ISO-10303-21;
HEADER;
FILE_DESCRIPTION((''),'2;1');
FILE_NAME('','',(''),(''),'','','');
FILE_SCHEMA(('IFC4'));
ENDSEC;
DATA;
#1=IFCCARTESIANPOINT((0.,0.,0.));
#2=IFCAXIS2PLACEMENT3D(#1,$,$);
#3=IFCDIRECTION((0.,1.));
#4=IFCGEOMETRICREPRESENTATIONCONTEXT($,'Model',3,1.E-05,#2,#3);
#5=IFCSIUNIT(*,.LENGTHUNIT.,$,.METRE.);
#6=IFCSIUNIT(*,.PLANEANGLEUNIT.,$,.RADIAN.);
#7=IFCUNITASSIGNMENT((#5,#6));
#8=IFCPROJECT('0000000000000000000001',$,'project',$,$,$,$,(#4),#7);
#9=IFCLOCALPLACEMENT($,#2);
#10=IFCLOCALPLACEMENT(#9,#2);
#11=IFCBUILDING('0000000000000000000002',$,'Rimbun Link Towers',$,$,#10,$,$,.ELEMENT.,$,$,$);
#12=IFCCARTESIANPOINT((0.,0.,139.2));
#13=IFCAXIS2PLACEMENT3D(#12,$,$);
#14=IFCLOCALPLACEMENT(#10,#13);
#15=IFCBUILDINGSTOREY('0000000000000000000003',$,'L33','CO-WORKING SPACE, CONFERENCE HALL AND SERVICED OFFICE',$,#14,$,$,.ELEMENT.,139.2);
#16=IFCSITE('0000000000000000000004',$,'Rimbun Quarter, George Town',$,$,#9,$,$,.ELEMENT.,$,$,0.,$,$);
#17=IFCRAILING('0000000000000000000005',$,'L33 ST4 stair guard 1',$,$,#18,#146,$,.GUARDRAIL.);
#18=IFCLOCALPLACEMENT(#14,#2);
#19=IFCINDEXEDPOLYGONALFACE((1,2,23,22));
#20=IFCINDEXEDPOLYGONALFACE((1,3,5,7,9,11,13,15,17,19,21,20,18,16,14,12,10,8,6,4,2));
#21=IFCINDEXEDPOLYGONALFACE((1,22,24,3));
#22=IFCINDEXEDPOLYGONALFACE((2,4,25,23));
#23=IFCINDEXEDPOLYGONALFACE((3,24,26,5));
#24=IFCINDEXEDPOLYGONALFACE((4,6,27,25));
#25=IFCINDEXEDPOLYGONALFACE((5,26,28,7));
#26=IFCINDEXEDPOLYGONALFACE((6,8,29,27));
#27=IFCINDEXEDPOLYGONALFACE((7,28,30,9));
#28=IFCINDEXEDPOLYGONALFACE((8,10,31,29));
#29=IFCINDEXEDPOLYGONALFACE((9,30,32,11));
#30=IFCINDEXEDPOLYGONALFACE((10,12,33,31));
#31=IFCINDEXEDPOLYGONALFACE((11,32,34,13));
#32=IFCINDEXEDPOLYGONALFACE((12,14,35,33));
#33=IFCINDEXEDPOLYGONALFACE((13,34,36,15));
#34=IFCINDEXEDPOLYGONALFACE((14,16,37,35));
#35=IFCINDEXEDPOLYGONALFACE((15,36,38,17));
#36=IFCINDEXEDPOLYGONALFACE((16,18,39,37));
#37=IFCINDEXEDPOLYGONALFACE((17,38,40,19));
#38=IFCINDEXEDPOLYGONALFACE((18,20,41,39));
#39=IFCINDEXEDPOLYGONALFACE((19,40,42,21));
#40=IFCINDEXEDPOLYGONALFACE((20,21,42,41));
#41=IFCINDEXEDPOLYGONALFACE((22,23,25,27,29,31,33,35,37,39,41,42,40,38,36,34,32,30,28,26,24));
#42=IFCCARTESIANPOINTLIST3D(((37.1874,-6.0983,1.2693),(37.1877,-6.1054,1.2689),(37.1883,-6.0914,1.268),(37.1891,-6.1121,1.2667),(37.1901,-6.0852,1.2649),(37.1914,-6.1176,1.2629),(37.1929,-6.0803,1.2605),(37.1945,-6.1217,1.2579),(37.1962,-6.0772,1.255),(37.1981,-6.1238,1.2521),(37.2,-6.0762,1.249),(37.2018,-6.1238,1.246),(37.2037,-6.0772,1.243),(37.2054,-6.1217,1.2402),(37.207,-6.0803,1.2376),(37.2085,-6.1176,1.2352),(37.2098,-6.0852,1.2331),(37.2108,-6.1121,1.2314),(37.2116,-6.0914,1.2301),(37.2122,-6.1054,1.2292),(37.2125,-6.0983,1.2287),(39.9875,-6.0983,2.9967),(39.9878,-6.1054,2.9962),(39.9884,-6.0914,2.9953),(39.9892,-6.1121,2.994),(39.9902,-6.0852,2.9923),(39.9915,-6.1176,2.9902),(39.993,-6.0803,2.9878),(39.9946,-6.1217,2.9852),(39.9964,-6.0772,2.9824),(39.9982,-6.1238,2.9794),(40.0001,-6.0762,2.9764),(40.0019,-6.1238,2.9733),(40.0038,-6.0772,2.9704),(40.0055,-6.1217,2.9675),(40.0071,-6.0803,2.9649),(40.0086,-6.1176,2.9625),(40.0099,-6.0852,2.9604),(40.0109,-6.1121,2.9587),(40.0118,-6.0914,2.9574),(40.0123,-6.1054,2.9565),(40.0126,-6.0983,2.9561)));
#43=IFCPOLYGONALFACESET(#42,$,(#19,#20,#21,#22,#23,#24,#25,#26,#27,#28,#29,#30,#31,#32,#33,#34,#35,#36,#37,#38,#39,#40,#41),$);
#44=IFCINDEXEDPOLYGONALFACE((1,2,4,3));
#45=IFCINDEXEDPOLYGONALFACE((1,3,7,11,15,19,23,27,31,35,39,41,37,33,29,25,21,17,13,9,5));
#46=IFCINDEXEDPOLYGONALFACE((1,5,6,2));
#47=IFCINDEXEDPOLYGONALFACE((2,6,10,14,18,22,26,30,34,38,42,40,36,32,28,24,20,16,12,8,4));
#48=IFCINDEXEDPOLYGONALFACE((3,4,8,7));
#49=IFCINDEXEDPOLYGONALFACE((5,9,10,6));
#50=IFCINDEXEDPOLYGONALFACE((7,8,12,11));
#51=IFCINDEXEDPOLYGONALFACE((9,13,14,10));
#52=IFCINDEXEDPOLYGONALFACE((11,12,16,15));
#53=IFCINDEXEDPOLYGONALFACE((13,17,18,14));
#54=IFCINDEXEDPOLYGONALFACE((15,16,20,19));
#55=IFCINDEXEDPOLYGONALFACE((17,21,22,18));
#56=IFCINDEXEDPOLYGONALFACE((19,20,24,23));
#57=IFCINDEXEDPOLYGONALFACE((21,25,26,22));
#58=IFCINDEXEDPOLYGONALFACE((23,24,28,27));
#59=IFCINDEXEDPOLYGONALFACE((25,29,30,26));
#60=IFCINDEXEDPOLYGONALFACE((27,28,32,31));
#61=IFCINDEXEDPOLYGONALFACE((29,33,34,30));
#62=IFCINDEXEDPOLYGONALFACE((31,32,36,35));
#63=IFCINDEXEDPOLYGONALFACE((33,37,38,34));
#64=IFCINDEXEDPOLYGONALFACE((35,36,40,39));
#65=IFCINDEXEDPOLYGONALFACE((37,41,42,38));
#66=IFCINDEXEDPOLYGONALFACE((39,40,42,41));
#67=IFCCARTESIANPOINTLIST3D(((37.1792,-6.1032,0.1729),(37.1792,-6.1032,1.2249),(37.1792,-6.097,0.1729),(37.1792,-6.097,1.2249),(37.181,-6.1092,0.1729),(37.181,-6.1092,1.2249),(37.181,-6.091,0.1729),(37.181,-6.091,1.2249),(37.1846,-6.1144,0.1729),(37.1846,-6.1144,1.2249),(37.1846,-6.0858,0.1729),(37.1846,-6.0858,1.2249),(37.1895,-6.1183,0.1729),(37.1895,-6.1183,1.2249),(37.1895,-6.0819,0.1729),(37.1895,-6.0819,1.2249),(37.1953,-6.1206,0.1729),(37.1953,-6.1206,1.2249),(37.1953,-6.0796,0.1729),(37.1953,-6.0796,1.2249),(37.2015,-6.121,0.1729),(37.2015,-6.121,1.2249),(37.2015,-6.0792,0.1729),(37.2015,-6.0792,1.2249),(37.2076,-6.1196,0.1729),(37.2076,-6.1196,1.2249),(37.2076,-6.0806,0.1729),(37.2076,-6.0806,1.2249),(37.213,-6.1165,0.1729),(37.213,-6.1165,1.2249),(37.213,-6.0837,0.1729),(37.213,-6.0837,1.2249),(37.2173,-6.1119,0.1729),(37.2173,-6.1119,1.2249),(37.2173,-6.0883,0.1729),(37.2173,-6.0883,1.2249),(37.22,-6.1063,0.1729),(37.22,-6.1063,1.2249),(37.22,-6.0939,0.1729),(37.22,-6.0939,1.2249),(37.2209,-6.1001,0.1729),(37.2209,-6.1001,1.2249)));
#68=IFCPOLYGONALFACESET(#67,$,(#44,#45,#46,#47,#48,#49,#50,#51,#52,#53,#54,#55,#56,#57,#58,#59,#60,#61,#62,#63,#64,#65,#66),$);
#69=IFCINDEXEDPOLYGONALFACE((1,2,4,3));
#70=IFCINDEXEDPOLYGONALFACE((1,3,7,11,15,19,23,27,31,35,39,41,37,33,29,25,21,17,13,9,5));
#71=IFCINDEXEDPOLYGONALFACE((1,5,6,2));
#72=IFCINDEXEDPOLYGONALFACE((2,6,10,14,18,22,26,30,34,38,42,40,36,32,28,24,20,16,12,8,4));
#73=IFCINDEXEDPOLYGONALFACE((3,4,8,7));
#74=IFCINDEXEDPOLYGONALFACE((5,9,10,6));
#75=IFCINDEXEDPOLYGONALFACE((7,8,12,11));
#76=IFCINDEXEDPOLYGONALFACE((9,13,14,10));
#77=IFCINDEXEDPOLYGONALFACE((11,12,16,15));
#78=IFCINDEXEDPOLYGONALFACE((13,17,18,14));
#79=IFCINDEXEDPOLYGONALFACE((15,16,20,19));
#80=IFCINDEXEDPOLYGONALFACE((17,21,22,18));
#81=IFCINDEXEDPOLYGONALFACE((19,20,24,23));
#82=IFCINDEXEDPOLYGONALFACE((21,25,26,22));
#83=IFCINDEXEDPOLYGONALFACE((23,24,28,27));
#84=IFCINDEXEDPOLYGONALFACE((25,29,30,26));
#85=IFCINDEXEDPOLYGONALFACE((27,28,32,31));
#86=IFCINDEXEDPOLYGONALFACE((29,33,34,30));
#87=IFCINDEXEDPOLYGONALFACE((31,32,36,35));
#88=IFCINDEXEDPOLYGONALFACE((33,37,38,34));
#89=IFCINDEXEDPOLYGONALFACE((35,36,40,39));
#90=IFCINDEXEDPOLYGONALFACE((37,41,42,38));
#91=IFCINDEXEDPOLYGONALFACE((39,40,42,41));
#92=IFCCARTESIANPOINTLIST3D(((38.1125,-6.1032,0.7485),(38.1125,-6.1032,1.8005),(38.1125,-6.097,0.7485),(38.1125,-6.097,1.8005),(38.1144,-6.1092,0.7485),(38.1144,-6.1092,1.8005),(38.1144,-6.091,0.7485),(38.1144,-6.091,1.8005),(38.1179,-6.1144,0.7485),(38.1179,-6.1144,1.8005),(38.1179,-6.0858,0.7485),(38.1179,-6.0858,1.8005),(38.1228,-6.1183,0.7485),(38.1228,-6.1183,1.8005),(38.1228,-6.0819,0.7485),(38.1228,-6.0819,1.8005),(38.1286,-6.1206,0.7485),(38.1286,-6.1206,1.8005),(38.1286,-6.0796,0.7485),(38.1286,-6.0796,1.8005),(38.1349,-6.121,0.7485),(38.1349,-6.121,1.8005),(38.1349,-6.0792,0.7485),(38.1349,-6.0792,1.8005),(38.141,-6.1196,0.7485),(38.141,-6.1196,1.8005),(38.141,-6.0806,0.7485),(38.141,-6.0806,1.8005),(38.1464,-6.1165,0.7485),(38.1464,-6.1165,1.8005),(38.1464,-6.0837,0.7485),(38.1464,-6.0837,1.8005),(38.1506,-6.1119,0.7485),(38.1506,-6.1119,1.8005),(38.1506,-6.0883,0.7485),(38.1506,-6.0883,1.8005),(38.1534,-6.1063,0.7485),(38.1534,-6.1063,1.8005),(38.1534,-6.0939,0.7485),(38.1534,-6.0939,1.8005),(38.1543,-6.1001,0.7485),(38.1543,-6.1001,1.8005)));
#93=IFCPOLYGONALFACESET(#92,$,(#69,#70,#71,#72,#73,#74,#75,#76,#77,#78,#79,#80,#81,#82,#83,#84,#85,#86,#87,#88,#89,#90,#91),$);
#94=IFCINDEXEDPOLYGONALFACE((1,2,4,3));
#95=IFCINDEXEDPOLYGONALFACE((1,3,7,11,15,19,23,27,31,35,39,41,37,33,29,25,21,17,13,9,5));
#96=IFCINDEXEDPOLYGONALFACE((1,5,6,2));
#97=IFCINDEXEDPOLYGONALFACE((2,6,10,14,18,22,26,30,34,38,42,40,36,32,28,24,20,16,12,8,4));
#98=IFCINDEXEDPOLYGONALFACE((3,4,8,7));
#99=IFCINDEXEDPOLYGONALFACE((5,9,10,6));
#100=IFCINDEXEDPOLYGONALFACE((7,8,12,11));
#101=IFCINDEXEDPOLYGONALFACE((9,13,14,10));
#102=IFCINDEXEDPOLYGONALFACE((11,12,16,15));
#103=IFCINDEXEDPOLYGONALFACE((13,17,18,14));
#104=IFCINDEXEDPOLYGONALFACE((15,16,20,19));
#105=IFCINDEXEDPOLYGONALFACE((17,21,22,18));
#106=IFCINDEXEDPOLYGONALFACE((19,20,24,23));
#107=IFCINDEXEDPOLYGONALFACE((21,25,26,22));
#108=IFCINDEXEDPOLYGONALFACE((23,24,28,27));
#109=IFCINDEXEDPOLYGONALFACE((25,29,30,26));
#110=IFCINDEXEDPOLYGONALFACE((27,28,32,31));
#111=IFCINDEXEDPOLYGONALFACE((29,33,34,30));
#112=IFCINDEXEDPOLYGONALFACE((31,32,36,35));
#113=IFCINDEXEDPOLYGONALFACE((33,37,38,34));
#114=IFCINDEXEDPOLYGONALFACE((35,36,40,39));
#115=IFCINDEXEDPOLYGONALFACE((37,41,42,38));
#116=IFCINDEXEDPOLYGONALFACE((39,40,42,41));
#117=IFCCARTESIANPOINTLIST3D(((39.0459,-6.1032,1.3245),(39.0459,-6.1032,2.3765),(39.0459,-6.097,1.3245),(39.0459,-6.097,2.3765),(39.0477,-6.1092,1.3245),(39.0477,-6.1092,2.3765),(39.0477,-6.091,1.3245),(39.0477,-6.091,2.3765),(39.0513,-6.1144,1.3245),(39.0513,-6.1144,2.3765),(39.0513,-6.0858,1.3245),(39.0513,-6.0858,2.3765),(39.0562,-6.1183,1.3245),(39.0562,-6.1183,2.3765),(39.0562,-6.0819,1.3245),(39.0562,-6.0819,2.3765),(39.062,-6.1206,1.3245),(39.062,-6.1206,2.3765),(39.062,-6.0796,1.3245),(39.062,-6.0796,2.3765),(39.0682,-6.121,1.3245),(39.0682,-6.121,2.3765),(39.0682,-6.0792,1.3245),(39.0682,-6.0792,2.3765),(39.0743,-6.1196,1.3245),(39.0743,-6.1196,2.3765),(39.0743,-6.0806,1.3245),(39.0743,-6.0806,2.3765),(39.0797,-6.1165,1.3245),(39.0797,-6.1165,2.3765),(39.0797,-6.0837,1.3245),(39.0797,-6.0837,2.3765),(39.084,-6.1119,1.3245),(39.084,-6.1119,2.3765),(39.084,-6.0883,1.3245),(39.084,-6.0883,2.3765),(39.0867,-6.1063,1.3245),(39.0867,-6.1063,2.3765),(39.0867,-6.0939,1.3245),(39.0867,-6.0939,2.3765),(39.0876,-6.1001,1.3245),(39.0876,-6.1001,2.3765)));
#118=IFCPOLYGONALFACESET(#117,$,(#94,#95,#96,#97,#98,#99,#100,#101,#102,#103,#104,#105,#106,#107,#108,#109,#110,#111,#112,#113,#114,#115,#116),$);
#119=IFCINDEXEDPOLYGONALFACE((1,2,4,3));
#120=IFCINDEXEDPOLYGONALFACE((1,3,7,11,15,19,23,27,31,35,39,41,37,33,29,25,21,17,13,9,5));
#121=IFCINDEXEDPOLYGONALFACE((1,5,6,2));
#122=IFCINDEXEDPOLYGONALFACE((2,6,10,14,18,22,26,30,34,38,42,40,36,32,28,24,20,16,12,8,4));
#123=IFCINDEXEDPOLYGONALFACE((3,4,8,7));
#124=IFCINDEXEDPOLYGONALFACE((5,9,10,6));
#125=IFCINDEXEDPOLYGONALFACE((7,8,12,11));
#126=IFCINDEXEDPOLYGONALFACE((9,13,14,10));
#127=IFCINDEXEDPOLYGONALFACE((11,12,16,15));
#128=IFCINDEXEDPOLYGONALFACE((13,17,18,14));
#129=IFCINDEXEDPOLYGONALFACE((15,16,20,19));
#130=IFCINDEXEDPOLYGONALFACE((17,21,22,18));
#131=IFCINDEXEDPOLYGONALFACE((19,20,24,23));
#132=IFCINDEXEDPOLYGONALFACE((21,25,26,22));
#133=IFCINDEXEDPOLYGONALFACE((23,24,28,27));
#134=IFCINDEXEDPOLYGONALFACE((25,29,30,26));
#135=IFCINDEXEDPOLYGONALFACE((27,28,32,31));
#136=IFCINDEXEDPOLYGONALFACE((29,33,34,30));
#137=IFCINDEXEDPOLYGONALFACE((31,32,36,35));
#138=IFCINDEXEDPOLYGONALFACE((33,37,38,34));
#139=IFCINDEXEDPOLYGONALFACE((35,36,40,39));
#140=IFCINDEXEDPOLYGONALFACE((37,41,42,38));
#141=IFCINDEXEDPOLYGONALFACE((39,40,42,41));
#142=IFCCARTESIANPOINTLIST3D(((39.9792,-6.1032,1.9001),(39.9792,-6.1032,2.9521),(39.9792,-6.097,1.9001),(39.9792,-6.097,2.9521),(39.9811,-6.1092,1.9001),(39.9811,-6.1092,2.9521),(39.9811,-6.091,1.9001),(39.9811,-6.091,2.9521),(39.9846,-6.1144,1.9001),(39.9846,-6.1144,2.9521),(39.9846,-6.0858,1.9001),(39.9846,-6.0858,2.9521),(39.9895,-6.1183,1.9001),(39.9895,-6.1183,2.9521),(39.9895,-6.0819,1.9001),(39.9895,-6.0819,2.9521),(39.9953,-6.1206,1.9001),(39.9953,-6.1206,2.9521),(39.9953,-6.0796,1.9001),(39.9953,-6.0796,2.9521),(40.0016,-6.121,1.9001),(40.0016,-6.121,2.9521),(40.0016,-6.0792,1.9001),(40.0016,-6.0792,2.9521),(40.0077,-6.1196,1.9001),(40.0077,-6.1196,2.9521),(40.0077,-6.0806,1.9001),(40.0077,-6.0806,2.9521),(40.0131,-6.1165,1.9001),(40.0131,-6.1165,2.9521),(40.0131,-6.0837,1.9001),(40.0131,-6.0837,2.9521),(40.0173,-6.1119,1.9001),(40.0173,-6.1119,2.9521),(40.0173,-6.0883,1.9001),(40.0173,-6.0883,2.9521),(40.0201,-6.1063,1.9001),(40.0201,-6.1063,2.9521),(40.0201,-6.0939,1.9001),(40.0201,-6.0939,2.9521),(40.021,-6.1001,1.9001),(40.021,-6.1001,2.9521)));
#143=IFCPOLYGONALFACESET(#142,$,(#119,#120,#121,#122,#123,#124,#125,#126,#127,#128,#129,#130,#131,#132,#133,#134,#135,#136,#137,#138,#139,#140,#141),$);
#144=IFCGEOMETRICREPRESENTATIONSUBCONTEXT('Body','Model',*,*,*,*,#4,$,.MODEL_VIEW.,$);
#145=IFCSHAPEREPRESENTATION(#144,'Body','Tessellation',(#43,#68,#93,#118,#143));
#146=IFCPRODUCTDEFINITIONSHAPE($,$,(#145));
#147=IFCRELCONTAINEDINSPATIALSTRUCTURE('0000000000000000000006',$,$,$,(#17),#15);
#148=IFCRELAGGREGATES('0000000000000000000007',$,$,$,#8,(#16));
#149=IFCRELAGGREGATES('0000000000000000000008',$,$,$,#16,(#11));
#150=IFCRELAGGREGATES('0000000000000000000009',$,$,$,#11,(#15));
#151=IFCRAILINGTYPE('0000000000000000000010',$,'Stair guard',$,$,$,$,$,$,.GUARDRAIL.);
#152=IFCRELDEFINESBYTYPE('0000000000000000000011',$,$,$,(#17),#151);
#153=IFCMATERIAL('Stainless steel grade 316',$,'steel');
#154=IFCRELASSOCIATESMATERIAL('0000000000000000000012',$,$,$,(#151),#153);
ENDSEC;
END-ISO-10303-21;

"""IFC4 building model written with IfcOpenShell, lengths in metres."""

from ifc_helpers import new_model, si_unit, direction, frame, origin, origin_2d, place, context, subcontext, project, spatial, circle, extrude, material, type_object, element, save


model = new_model("IFC4")

# Units and contexts
model_context = context("Model", 3, precision=1e-05, world=origin(), true_north=direction((0.0, 1.0)))
body_context = subcontext(model_context, "Body", "Model", "MODEL_VIEW")
ifc_project = project(units=[si_unit("LENGTHUNIT", "METRE"), si_unit("PLANEANGLEUNIT", "RADIAN")], contexts=[model_context])

# Site, building, storey
site_placement = place(None, origin())
site = spatial("IfcSite", under=ifc_project, at=site_placement, Name="Rimbun Quarter, George Town", CompositionType="ELEMENT", RefElevation=0.0)
building_placement = place(site_placement, origin())
building = spatial("IfcBuilding", under=site, at=building_placement, Name="Rimbun Link Towers", CompositionType="ELEMENT")
storey_placement = place(building_placement, frame((0.0, 0.0, 139.2)))
storey = spatial("IfcBuildingStorey", under=building, at=storey_placement, Name="L33", Description="CO-WORKING SPACE, CONFERENCE HALL AND SERVICED OFFICE", CompositionType="ELEMENT", Elevation=139.2)

# Railing
ifc_material_1 = material(Name="Stainless steel grade 316", Category="steel")
railing_type_1 = type_object("IfcRailingType", Name="Stair guard", PredefinedType="GUARDRAIL", material=ifc_material_1)
railing_1_placement = place(storey_placement, frame((37.2, -6.1001, 0.1729)))
element("IfcRailing", 1, at=railing_1_placement, inside=storey, type_object=railing_type_1, Name="L33 ST4 stair guard 1", PredefinedType="GUARDRAIL", context=body_context, shape_type="SweptSolid", body=[
    extrude(circle(Radius=0.0239, at=origin_2d()), frame((0.0, 0.0, 1.0762), z_axis=(0.85109, 0.0, 0.52502), x_axis=(0.0, 1.0, 0.0)), (0.0, 0.0, 1.0), 3.29),
    extrude(circle(Radius=0.021, at=origin_2d()), origin(), (0.0, 0.0, 1.0), 1.052),
    extrude(circle(Radius=0.021, at=origin_2d()), frame((0.9333, 0.0, 0.5757)), (0.0, 0.0, 1.0), 1.052),
    extrude(circle(Radius=0.021, at=origin_2d()), frame((1.8667, 0.0, 1.1516)), (0.0, 0.0, 1.0), 1.052),
    extrude(circle(Radius=0.021, at=origin_2d()), frame((2.8, 0.0, 1.7273)), (0.0, 0.0, 1.0), 1.052),
])

save(model, "model.ifc")
